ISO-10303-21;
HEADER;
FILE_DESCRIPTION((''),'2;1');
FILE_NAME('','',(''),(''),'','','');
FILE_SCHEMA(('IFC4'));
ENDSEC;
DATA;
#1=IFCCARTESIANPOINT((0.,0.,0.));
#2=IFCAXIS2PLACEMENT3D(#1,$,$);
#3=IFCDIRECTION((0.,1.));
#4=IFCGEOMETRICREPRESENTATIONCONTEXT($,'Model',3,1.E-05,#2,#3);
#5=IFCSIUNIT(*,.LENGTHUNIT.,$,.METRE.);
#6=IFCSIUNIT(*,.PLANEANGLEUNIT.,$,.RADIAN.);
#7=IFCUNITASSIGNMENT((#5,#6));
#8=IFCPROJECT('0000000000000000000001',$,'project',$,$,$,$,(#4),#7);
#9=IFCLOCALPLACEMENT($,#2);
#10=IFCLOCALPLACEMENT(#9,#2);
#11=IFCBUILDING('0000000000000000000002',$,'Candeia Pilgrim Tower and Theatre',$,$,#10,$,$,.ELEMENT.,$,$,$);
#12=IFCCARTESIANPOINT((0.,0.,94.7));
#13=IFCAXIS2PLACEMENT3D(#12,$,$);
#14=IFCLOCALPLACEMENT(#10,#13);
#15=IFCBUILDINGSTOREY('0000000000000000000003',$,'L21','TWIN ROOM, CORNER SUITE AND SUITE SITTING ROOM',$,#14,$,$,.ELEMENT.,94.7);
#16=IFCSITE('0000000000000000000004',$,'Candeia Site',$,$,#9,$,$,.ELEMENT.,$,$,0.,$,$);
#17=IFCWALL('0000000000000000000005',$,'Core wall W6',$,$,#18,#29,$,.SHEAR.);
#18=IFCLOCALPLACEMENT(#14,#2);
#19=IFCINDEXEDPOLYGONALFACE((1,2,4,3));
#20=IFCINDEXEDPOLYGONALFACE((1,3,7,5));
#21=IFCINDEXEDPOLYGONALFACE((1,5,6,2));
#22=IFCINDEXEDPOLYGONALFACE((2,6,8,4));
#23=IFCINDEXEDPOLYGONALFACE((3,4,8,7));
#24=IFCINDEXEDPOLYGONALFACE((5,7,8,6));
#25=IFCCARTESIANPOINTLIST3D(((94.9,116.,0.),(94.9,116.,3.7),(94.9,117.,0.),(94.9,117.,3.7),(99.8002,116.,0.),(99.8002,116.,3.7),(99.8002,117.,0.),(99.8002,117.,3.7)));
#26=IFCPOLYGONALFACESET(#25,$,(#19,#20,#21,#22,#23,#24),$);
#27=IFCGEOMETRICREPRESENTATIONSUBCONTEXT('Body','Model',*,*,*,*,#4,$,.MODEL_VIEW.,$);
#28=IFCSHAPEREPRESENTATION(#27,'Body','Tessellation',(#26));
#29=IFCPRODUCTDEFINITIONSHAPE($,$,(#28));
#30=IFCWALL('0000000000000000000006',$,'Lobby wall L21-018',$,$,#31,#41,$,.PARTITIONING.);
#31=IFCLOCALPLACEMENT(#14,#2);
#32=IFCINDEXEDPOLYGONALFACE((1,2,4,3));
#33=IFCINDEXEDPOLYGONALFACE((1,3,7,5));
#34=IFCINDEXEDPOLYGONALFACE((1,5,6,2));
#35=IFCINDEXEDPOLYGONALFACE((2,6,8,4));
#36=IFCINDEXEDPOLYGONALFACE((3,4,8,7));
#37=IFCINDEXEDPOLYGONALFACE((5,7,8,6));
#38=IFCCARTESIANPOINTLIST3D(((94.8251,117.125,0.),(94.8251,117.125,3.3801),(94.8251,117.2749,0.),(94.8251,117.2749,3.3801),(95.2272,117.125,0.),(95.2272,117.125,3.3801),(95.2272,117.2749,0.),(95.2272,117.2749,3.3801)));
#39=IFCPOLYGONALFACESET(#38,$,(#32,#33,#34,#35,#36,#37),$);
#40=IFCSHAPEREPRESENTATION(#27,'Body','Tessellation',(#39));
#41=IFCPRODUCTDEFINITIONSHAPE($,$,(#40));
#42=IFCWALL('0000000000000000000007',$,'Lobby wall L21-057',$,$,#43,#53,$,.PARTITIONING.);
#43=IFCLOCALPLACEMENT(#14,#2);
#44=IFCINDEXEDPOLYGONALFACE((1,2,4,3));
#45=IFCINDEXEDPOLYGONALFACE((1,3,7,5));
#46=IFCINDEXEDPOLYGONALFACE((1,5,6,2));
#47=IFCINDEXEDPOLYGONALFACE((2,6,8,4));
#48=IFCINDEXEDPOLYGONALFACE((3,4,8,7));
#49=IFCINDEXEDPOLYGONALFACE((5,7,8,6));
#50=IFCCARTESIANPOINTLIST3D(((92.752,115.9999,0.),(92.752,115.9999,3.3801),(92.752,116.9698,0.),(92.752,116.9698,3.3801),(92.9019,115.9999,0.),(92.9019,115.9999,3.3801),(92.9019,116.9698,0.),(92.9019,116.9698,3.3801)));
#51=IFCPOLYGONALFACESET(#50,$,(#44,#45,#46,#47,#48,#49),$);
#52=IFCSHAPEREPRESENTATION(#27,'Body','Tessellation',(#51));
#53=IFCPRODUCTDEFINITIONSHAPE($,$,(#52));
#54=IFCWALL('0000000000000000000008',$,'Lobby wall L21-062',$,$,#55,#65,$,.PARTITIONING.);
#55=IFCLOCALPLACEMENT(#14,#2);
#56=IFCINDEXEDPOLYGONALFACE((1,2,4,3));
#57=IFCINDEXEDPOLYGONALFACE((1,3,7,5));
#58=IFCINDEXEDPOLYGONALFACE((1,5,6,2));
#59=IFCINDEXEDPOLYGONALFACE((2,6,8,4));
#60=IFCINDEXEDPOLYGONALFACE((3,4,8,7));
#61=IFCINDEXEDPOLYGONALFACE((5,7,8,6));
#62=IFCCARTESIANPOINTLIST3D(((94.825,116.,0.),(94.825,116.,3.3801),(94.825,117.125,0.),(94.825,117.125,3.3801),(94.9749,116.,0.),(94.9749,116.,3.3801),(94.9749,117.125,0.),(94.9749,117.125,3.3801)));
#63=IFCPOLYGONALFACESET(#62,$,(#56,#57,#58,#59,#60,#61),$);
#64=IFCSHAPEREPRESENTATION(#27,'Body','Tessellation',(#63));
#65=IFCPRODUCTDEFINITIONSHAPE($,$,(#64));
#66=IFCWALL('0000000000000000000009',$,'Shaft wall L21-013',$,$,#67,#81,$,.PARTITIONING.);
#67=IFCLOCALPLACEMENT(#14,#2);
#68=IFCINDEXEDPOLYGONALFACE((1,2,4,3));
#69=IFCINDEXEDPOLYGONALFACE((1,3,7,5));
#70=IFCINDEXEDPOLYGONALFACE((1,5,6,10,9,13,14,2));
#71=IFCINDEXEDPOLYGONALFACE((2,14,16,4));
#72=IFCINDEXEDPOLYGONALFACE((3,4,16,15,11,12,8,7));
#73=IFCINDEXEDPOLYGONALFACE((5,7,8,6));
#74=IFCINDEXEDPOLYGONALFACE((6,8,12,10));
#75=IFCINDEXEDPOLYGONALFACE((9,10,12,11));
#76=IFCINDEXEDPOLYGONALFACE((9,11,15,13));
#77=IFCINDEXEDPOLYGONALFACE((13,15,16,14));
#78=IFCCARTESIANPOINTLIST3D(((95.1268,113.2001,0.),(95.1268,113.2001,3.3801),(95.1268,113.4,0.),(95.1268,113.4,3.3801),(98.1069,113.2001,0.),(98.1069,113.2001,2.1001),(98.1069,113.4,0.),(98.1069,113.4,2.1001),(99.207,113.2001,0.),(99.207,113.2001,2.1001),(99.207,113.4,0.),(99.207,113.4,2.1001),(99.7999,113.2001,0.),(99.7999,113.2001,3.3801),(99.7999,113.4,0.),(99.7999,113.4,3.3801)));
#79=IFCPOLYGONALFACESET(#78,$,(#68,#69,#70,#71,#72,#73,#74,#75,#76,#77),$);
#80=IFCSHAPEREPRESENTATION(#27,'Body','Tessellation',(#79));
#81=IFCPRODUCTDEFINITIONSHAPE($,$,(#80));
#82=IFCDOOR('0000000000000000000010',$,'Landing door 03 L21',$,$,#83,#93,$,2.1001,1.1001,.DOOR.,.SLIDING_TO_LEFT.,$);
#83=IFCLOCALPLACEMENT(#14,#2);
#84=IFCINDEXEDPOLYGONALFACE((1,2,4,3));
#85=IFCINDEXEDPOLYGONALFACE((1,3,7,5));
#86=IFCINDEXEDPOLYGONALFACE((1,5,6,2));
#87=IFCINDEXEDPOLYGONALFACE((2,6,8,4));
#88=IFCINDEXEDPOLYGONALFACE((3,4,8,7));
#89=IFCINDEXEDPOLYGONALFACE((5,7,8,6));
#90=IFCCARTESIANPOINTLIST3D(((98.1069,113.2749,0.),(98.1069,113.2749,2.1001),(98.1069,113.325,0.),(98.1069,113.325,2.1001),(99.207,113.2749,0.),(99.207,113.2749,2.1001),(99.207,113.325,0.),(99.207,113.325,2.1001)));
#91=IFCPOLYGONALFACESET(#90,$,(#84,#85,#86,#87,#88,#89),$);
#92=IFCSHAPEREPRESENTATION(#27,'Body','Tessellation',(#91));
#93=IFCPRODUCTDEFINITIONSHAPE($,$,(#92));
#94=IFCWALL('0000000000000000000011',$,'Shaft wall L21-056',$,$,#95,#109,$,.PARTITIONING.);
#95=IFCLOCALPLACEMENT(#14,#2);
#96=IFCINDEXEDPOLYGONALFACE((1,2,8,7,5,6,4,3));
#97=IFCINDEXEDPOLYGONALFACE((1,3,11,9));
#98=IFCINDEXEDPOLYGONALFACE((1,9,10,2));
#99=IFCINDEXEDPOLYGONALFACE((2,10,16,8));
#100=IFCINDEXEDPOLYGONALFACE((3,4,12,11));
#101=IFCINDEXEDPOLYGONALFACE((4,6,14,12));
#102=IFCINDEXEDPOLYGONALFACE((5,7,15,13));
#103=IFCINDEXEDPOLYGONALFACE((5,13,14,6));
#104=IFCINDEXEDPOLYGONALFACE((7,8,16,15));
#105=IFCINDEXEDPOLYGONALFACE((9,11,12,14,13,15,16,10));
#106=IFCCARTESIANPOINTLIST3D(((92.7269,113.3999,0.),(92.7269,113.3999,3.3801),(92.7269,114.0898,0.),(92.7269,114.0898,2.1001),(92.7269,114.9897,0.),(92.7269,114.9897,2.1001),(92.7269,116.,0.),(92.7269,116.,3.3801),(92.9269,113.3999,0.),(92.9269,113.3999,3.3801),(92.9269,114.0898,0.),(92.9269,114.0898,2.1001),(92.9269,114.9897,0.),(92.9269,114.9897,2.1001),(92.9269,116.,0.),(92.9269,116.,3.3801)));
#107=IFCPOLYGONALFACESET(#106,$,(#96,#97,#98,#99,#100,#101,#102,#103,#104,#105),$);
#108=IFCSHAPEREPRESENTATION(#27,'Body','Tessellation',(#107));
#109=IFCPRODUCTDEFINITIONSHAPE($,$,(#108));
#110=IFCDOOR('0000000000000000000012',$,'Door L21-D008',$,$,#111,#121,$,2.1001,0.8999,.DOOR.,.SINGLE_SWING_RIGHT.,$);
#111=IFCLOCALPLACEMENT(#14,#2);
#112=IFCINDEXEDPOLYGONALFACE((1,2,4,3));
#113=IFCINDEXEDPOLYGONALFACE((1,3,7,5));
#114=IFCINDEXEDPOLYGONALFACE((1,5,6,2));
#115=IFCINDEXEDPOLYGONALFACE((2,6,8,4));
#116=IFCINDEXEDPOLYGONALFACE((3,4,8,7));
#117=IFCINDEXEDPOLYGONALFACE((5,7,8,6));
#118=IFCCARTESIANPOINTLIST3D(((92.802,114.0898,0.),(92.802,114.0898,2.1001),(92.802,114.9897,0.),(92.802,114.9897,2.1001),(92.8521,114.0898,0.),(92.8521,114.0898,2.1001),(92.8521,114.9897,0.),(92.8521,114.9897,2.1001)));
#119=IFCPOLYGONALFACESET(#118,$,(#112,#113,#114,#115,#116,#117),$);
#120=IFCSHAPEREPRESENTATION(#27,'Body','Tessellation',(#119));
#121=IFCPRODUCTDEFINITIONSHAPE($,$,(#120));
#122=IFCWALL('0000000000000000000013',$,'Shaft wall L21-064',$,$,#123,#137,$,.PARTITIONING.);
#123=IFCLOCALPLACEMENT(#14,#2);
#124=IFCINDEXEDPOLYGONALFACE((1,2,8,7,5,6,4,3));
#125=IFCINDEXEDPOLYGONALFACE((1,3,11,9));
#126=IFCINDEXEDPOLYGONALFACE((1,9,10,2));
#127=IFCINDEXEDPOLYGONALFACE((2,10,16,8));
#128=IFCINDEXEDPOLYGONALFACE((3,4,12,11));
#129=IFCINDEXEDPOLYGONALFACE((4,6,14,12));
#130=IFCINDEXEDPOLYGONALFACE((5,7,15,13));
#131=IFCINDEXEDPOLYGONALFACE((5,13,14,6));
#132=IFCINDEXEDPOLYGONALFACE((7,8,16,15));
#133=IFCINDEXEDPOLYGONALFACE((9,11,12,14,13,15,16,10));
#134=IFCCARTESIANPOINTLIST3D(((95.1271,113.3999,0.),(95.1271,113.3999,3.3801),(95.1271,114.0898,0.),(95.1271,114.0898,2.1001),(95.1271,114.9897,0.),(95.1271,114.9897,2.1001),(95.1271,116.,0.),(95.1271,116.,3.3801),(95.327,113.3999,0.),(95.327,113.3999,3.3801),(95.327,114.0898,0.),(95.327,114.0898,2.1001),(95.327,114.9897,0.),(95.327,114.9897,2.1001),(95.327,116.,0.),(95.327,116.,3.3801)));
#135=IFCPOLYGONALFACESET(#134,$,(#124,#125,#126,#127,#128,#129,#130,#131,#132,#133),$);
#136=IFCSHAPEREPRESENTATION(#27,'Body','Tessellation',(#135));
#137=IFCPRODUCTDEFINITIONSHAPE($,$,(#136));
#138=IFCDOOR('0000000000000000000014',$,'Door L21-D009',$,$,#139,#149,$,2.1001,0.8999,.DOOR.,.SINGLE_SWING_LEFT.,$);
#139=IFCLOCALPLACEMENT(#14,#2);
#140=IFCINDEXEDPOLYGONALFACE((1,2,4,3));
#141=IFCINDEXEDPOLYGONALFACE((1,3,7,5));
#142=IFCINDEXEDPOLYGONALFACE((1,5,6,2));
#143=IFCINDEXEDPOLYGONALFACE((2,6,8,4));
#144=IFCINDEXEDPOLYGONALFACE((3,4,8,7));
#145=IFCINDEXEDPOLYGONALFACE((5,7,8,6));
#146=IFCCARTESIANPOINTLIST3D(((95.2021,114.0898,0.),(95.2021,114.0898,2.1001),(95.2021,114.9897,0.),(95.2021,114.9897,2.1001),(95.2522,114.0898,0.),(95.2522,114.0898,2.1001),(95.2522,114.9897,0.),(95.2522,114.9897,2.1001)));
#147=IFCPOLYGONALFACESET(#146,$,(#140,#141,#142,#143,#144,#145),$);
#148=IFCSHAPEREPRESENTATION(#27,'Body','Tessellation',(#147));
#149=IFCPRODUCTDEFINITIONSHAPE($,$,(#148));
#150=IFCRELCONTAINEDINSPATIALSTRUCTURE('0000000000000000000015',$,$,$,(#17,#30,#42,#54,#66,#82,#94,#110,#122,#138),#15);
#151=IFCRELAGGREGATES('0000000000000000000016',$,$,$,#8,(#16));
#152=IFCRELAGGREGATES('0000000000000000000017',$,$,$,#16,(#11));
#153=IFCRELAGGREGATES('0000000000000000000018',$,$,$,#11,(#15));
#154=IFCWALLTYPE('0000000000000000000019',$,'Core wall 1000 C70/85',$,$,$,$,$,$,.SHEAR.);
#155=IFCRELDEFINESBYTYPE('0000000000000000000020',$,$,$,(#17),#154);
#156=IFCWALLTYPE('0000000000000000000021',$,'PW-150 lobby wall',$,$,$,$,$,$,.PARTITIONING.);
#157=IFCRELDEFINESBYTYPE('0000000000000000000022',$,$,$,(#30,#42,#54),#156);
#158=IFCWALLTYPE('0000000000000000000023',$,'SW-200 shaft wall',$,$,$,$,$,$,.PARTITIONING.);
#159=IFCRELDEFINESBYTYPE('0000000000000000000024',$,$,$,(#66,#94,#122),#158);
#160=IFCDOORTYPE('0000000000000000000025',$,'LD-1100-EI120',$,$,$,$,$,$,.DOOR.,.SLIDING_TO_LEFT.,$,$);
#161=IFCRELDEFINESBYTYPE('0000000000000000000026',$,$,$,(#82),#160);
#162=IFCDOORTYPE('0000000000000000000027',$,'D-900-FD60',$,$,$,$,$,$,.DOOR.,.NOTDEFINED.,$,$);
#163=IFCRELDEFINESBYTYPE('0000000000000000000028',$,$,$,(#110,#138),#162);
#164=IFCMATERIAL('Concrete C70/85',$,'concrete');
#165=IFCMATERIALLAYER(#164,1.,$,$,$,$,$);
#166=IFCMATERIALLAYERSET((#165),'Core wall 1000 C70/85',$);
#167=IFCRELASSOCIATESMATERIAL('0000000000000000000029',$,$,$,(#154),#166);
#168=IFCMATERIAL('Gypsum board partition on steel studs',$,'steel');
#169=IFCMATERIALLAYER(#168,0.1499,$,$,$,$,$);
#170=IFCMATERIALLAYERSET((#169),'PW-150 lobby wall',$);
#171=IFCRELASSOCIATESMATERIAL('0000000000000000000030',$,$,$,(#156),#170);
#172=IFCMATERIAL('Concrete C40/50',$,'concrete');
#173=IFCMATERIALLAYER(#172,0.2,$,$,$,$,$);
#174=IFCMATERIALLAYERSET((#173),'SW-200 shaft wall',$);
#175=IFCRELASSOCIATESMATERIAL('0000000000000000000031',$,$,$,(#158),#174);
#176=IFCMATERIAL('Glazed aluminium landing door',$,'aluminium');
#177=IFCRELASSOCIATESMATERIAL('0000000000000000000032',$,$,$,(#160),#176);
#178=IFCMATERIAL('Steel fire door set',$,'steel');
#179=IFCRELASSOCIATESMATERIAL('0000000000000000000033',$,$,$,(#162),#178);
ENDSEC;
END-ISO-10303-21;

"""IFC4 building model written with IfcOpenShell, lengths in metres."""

from ifc_helpers import new_model, si_unit, direction, frame, frame_2d, origin, place, context, subcontext, project, spatial, rectangle, extrude, material, layer, layer_set, type_object, element, fill, save


model = new_model("IFC4")

# Units and contexts
model_context = context("Model", 3, precision=1e-05, world=origin(), true_north=direction((0.0, 1.0)))
body_context = subcontext(model_context, "Body", "Model", "MODEL_VIEW")
ifc_project = project(units=[si_unit("LENGTHUNIT", "METRE"), si_unit("PLANEANGLEUNIT", "RADIAN")], contexts=[model_context])

# Site, building, storey
site_placement = place(None, origin())
site = spatial("IfcSite", under=ifc_project, at=site_placement, Name="Candeia Site", CompositionType="ELEMENT", RefElevation=0.0)
building_placement = place(site_placement, origin())
building = spatial("IfcBuilding", under=site, at=building_placement, Name="Candeia Pilgrim Tower and Theatre", CompositionType="ELEMENT")
storey_placement = place(building_placement, frame((0.0, 0.0, 94.7)))
storey = spatial("IfcBuildingStorey", under=building, at=storey_placement, Name="L21", Description="TWIN ROOM, CORNER SUITE AND SUITE SITTING ROOM", CompositionType="ELEMENT", Elevation=94.7)

# Walls
ifc_material_1 = material(Name="Concrete C70/85", Category="concrete")
ifc_layer_1 = layer(ifc_material_1, 1.0)
ifc_layer_set_1 = layer_set([ifc_layer_1], Name="Core wall 1000 C70/85")
wall_type_1 = type_object("IfcWallType", Name="Core wall 1000 C70/85", PredefinedType="SHEAR", material=ifc_layer_set_1)
wall_1_placement = place(storey_placement, frame((94.8999, 116.5, 0.0), z_axis=(0.0, 0.0, 1.0), x_axis=(1.0, 0.0, 0.0)))
element("IfcWall", 1, at=wall_1_placement, inside=storey, type_object=wall_type_1, Name="Core wall W6", PredefinedType="SHEAR", context=body_context, shape_type="SweptSolid", body=[
    extrude(rectangle(XDim=4.9001, YDim=1.0, at=frame_2d((2.4502, 0.0))), origin(), (0.0, 0.0, 1.0), 3.7),
])
ifc_material_2 = material(Name="Gypsum board partition on steel studs", Category="steel")
ifc_layer_2 = layer(ifc_material_2, 0.1499)
ifc_layer_set_2 = layer_set([ifc_layer_2], Name="PW-150 lobby wall")
wall_type_2 = type_object("IfcWallType", Name="PW-150 lobby wall", PredefinedType="PARTITIONING", material=ifc_layer_set_2)
wall_2_placement = place(storey_placement, frame((94.825, 117.2, 0.0), z_axis=(0.0, 0.0, 1.0), x_axis=(1.0, 0.0, 0.0)))
element("IfcWall", 2, at=wall_2_placement, inside=storey, type_object=wall_type_2, Name="Lobby wall L21-018", PredefinedType="PARTITIONING", context=body_context, shape_type="SweptSolid", body=[
    extrude(rectangle(XDim=0.4021, YDim=0.1499, at=frame_2d((0.2012, 0.0))), origin(), (0.0, 0.0, 1.0), 3.3801),
])
wall_3_placement = place(storey_placement, frame((92.8269, 116.0, 0.0), z_axis=(0.0, 0.0, 1.0), x_axis=(0.0, 1.0, 0.0)))
element("IfcWall", 3, at=wall_3_placement, inside=storey, type_object=wall_type_2, Name="Lobby wall L21-057", PredefinedType="PARTITIONING", context=body_context, shape_type="SweptSolid", body=[
    extrude(rectangle(XDim=0.97, YDim=0.1499, at=frame_2d((0.4849, 0.0))), origin(), (0.0, 0.0, 1.0), 3.3801),
])
wall_4_placement = place(storey_placement, frame((94.8999, 116.0, 0.0), z_axis=(0.0, 0.0, 1.0), x_axis=(0.0, 1.0, 0.0)))
element("IfcWall", 4, at=wall_4_placement, inside=storey, type_object=wall_type_2, Name="Lobby wall L21-062", PredefinedType="PARTITIONING", context=body_context, shape_type="SweptSolid", body=[
    extrude(rectangle(XDim=1.125, YDim=0.1499, at=frame_2d((0.5625, 0.0))), origin(), (0.0, 0.0, 1.0), 3.3801),
])

# Walls, openings, doors
ifc_material_3 = material(Name="Concrete C40/50", Category="concrete")
ifc_layer_3 = layer(ifc_material_3, 0.2)
ifc_layer_set_3 = layer_set([ifc_layer_3], Name="SW-200 shaft wall")
wall_type_3 = type_object("IfcWallType", Name="SW-200 shaft wall", PredefinedType="PARTITIONING", material=ifc_layer_set_3)
wall_5_placement = place(storey_placement, frame((95.127, 113.3, 0.0), z_axis=(0.0, 0.0, 1.0), x_axis=(1.0, 0.0, 0.0)))
wall_5 = element("IfcWall", 5, at=wall_5_placement, inside=storey, type_object=wall_type_3, Name="Shaft wall L21-013", PredefinedType="PARTITIONING", context=body_context, shape_type="SweptSolid", body=[
    extrude(rectangle(XDim=4.6731, YDim=0.2, at=frame_2d((2.3364, 0.0))), origin(), (0.0, 0.0, 1.0), 3.3801),
])
opening_1_placement = place(wall_5_placement, frame((2.98, 0.0, 0.0)))
opening_1 = element("IfcOpeningElement", 6, at=opening_1_placement, cuts=wall_5, PredefinedType="OPENING", context=body_context, shape_type="SweptSolid", body=[
    extrude(rectangle(XDim=1.1001, YDim=2.1001, at=frame_2d((0.55, 1.05))), frame((0.0, 0.1099, 0.0), z_axis=(0.0, -1.0, 0.0), x_axis=(1.0, 0.0, 0.0)), (0.0, 0.0, 1.0), 0.22),
])
ifc_material_4 = material(Name="Glazed aluminium landing door", Category="aluminium")
door_type_1 = type_object("IfcDoorType", Name="LD-1100-EI120", OperationType="SLIDING_TO_LEFT", PredefinedType="DOOR", material=ifc_material_4)
door_1_placement = place(opening_1_placement, origin())
door_1 = element("IfcDoor", 7, at=door_1_placement, inside=storey, type_object=door_type_1, Name="Landing door 03 L21", OperationType="SLIDING_TO_LEFT", OverallHeight=2.1001, OverallWidth=1.1001, PredefinedType="DOOR", context=body_context, shape_type="SweptSolid", body=[
    extrude(rectangle(XDim=1.1001, YDim=2.1001, at=frame_2d((0.55, 1.05))), frame((0.0, 0.0249, 0.0), z_axis=(0.0, -1.0, 0.0), x_axis=(1.0, 0.0, 0.0)), (0.0, 0.0, 1.0), 0.05),
])
fill(opening_1, door_1)
wall_6_placement = place(storey_placement, frame((92.8269, 113.3999, 0.0), z_axis=(0.0, 0.0, 1.0), x_axis=(0.0, 1.0, 0.0)))
wall_6 = element("IfcWall", 8, at=wall_6_placement, inside=storey, type_object=wall_type_3, Name="Shaft wall L21-056", PredefinedType="PARTITIONING", context=body_context, shape_type="SweptSolid", body=[
    extrude(rectangle(XDim=2.6001, YDim=0.2, at=frame_2d((1.3, 0.0))), origin(), (0.0, 0.0, 1.0), 3.3801),
])
opening_2_placement = place(wall_6_placement, frame((0.6899, 0.0, 0.0)))
opening_2 = element("IfcOpeningElement", 9, at=opening_2_placement, cuts=wall_6, PredefinedType="OPENING", context=body_context, shape_type="SweptSolid", body=[
    extrude(rectangle(XDim=0.8999, YDim=2.1001, at=frame_2d((0.45, 1.05))), frame((0.0, 0.1099, 0.0), z_axis=(0.0, -1.0, 0.0), x_axis=(1.0, 0.0, 0.0)), (0.0, 0.0, 1.0), 0.22),
])
ifc_material_5 = material(Name="Steel fire door set", Category="steel")
door_type_2 = type_object("IfcDoorType", Name="D-900-FD60", OperationType="NOTDEFINED", PredefinedType="DOOR", material=ifc_material_5)
door_2_placement = place(opening_2_placement, origin())
door_2 = element("IfcDoor", 10, at=door_2_placement, inside=storey, type_object=door_type_2, Name="Door L21-D008", OperationType="SINGLE_SWING_RIGHT", OverallHeight=2.1001, OverallWidth=0.8999, PredefinedType="DOOR", context=body_context, shape_type="SweptSolid", body=[
    extrude(rectangle(XDim=0.8999, YDim=2.1001, at=frame_2d((0.45, 1.05))), frame((0.0, 0.0249, 0.0), z_axis=(0.0, -1.0, 0.0), x_axis=(1.0, 0.0, 0.0)), (0.0, 0.0, 1.0), 0.05),
])
fill(opening_2, door_2)
wall_7_placement = place(storey_placement, frame((95.2271, 113.3999, 0.0), z_axis=(0.0, 0.0, 1.0), x_axis=(0.0, 1.0, 0.0)))
wall_7 = element("IfcWall", 11, at=wall_7_placement, inside=storey, type_object=wall_type_3, Name="Shaft wall L21-064", PredefinedType="PARTITIONING", context=body_context, shape_type="SweptSolid", body=[
    extrude(rectangle(XDim=2.6001, YDim=0.2, at=frame_2d((1.3, 0.0))), origin(), (0.0, 0.0, 1.0), 3.3801),
])
opening_3_placement = place(wall_7_placement, frame((0.6899, 0.0, 0.0)))
opening_3 = element("IfcOpeningElement", 12, at=opening_3_placement, cuts=wall_7, PredefinedType="OPENING", context=body_context, shape_type="SweptSolid", body=[
    extrude(rectangle(XDim=0.8999, YDim=2.1001, at=frame_2d((0.45, 1.05))), frame((0.0, 0.1099, 0.0), z_axis=(0.0, -1.0, 0.0), x_axis=(1.0, 0.0, 0.0)), (0.0, 0.0, 1.0), 0.22),
])
door_3_placement = place(opening_3_placement, origin())
door_3 = element("IfcDoor", 13, at=door_3_placement, inside=storey, type_object=door_type_2, Name="Door L21-D009", OperationType="SINGLE_SWING_LEFT", OverallHeight=2.1001, OverallWidth=0.8999, PredefinedType="DOOR", context=body_context, shape_type="SweptSolid", body=[
    extrude(rectangle(XDim=0.8999, YDim=2.1001, at=frame_2d((0.45, 1.05))), frame((0.0, 0.0249, 0.0), z_axis=(0.0, -1.0, 0.0), x_axis=(1.0, 0.0, 0.0)), (0.0, 0.0, 1.0), 0.05),
])
fill(opening_3, door_3)

save(model, "model.ifc")
